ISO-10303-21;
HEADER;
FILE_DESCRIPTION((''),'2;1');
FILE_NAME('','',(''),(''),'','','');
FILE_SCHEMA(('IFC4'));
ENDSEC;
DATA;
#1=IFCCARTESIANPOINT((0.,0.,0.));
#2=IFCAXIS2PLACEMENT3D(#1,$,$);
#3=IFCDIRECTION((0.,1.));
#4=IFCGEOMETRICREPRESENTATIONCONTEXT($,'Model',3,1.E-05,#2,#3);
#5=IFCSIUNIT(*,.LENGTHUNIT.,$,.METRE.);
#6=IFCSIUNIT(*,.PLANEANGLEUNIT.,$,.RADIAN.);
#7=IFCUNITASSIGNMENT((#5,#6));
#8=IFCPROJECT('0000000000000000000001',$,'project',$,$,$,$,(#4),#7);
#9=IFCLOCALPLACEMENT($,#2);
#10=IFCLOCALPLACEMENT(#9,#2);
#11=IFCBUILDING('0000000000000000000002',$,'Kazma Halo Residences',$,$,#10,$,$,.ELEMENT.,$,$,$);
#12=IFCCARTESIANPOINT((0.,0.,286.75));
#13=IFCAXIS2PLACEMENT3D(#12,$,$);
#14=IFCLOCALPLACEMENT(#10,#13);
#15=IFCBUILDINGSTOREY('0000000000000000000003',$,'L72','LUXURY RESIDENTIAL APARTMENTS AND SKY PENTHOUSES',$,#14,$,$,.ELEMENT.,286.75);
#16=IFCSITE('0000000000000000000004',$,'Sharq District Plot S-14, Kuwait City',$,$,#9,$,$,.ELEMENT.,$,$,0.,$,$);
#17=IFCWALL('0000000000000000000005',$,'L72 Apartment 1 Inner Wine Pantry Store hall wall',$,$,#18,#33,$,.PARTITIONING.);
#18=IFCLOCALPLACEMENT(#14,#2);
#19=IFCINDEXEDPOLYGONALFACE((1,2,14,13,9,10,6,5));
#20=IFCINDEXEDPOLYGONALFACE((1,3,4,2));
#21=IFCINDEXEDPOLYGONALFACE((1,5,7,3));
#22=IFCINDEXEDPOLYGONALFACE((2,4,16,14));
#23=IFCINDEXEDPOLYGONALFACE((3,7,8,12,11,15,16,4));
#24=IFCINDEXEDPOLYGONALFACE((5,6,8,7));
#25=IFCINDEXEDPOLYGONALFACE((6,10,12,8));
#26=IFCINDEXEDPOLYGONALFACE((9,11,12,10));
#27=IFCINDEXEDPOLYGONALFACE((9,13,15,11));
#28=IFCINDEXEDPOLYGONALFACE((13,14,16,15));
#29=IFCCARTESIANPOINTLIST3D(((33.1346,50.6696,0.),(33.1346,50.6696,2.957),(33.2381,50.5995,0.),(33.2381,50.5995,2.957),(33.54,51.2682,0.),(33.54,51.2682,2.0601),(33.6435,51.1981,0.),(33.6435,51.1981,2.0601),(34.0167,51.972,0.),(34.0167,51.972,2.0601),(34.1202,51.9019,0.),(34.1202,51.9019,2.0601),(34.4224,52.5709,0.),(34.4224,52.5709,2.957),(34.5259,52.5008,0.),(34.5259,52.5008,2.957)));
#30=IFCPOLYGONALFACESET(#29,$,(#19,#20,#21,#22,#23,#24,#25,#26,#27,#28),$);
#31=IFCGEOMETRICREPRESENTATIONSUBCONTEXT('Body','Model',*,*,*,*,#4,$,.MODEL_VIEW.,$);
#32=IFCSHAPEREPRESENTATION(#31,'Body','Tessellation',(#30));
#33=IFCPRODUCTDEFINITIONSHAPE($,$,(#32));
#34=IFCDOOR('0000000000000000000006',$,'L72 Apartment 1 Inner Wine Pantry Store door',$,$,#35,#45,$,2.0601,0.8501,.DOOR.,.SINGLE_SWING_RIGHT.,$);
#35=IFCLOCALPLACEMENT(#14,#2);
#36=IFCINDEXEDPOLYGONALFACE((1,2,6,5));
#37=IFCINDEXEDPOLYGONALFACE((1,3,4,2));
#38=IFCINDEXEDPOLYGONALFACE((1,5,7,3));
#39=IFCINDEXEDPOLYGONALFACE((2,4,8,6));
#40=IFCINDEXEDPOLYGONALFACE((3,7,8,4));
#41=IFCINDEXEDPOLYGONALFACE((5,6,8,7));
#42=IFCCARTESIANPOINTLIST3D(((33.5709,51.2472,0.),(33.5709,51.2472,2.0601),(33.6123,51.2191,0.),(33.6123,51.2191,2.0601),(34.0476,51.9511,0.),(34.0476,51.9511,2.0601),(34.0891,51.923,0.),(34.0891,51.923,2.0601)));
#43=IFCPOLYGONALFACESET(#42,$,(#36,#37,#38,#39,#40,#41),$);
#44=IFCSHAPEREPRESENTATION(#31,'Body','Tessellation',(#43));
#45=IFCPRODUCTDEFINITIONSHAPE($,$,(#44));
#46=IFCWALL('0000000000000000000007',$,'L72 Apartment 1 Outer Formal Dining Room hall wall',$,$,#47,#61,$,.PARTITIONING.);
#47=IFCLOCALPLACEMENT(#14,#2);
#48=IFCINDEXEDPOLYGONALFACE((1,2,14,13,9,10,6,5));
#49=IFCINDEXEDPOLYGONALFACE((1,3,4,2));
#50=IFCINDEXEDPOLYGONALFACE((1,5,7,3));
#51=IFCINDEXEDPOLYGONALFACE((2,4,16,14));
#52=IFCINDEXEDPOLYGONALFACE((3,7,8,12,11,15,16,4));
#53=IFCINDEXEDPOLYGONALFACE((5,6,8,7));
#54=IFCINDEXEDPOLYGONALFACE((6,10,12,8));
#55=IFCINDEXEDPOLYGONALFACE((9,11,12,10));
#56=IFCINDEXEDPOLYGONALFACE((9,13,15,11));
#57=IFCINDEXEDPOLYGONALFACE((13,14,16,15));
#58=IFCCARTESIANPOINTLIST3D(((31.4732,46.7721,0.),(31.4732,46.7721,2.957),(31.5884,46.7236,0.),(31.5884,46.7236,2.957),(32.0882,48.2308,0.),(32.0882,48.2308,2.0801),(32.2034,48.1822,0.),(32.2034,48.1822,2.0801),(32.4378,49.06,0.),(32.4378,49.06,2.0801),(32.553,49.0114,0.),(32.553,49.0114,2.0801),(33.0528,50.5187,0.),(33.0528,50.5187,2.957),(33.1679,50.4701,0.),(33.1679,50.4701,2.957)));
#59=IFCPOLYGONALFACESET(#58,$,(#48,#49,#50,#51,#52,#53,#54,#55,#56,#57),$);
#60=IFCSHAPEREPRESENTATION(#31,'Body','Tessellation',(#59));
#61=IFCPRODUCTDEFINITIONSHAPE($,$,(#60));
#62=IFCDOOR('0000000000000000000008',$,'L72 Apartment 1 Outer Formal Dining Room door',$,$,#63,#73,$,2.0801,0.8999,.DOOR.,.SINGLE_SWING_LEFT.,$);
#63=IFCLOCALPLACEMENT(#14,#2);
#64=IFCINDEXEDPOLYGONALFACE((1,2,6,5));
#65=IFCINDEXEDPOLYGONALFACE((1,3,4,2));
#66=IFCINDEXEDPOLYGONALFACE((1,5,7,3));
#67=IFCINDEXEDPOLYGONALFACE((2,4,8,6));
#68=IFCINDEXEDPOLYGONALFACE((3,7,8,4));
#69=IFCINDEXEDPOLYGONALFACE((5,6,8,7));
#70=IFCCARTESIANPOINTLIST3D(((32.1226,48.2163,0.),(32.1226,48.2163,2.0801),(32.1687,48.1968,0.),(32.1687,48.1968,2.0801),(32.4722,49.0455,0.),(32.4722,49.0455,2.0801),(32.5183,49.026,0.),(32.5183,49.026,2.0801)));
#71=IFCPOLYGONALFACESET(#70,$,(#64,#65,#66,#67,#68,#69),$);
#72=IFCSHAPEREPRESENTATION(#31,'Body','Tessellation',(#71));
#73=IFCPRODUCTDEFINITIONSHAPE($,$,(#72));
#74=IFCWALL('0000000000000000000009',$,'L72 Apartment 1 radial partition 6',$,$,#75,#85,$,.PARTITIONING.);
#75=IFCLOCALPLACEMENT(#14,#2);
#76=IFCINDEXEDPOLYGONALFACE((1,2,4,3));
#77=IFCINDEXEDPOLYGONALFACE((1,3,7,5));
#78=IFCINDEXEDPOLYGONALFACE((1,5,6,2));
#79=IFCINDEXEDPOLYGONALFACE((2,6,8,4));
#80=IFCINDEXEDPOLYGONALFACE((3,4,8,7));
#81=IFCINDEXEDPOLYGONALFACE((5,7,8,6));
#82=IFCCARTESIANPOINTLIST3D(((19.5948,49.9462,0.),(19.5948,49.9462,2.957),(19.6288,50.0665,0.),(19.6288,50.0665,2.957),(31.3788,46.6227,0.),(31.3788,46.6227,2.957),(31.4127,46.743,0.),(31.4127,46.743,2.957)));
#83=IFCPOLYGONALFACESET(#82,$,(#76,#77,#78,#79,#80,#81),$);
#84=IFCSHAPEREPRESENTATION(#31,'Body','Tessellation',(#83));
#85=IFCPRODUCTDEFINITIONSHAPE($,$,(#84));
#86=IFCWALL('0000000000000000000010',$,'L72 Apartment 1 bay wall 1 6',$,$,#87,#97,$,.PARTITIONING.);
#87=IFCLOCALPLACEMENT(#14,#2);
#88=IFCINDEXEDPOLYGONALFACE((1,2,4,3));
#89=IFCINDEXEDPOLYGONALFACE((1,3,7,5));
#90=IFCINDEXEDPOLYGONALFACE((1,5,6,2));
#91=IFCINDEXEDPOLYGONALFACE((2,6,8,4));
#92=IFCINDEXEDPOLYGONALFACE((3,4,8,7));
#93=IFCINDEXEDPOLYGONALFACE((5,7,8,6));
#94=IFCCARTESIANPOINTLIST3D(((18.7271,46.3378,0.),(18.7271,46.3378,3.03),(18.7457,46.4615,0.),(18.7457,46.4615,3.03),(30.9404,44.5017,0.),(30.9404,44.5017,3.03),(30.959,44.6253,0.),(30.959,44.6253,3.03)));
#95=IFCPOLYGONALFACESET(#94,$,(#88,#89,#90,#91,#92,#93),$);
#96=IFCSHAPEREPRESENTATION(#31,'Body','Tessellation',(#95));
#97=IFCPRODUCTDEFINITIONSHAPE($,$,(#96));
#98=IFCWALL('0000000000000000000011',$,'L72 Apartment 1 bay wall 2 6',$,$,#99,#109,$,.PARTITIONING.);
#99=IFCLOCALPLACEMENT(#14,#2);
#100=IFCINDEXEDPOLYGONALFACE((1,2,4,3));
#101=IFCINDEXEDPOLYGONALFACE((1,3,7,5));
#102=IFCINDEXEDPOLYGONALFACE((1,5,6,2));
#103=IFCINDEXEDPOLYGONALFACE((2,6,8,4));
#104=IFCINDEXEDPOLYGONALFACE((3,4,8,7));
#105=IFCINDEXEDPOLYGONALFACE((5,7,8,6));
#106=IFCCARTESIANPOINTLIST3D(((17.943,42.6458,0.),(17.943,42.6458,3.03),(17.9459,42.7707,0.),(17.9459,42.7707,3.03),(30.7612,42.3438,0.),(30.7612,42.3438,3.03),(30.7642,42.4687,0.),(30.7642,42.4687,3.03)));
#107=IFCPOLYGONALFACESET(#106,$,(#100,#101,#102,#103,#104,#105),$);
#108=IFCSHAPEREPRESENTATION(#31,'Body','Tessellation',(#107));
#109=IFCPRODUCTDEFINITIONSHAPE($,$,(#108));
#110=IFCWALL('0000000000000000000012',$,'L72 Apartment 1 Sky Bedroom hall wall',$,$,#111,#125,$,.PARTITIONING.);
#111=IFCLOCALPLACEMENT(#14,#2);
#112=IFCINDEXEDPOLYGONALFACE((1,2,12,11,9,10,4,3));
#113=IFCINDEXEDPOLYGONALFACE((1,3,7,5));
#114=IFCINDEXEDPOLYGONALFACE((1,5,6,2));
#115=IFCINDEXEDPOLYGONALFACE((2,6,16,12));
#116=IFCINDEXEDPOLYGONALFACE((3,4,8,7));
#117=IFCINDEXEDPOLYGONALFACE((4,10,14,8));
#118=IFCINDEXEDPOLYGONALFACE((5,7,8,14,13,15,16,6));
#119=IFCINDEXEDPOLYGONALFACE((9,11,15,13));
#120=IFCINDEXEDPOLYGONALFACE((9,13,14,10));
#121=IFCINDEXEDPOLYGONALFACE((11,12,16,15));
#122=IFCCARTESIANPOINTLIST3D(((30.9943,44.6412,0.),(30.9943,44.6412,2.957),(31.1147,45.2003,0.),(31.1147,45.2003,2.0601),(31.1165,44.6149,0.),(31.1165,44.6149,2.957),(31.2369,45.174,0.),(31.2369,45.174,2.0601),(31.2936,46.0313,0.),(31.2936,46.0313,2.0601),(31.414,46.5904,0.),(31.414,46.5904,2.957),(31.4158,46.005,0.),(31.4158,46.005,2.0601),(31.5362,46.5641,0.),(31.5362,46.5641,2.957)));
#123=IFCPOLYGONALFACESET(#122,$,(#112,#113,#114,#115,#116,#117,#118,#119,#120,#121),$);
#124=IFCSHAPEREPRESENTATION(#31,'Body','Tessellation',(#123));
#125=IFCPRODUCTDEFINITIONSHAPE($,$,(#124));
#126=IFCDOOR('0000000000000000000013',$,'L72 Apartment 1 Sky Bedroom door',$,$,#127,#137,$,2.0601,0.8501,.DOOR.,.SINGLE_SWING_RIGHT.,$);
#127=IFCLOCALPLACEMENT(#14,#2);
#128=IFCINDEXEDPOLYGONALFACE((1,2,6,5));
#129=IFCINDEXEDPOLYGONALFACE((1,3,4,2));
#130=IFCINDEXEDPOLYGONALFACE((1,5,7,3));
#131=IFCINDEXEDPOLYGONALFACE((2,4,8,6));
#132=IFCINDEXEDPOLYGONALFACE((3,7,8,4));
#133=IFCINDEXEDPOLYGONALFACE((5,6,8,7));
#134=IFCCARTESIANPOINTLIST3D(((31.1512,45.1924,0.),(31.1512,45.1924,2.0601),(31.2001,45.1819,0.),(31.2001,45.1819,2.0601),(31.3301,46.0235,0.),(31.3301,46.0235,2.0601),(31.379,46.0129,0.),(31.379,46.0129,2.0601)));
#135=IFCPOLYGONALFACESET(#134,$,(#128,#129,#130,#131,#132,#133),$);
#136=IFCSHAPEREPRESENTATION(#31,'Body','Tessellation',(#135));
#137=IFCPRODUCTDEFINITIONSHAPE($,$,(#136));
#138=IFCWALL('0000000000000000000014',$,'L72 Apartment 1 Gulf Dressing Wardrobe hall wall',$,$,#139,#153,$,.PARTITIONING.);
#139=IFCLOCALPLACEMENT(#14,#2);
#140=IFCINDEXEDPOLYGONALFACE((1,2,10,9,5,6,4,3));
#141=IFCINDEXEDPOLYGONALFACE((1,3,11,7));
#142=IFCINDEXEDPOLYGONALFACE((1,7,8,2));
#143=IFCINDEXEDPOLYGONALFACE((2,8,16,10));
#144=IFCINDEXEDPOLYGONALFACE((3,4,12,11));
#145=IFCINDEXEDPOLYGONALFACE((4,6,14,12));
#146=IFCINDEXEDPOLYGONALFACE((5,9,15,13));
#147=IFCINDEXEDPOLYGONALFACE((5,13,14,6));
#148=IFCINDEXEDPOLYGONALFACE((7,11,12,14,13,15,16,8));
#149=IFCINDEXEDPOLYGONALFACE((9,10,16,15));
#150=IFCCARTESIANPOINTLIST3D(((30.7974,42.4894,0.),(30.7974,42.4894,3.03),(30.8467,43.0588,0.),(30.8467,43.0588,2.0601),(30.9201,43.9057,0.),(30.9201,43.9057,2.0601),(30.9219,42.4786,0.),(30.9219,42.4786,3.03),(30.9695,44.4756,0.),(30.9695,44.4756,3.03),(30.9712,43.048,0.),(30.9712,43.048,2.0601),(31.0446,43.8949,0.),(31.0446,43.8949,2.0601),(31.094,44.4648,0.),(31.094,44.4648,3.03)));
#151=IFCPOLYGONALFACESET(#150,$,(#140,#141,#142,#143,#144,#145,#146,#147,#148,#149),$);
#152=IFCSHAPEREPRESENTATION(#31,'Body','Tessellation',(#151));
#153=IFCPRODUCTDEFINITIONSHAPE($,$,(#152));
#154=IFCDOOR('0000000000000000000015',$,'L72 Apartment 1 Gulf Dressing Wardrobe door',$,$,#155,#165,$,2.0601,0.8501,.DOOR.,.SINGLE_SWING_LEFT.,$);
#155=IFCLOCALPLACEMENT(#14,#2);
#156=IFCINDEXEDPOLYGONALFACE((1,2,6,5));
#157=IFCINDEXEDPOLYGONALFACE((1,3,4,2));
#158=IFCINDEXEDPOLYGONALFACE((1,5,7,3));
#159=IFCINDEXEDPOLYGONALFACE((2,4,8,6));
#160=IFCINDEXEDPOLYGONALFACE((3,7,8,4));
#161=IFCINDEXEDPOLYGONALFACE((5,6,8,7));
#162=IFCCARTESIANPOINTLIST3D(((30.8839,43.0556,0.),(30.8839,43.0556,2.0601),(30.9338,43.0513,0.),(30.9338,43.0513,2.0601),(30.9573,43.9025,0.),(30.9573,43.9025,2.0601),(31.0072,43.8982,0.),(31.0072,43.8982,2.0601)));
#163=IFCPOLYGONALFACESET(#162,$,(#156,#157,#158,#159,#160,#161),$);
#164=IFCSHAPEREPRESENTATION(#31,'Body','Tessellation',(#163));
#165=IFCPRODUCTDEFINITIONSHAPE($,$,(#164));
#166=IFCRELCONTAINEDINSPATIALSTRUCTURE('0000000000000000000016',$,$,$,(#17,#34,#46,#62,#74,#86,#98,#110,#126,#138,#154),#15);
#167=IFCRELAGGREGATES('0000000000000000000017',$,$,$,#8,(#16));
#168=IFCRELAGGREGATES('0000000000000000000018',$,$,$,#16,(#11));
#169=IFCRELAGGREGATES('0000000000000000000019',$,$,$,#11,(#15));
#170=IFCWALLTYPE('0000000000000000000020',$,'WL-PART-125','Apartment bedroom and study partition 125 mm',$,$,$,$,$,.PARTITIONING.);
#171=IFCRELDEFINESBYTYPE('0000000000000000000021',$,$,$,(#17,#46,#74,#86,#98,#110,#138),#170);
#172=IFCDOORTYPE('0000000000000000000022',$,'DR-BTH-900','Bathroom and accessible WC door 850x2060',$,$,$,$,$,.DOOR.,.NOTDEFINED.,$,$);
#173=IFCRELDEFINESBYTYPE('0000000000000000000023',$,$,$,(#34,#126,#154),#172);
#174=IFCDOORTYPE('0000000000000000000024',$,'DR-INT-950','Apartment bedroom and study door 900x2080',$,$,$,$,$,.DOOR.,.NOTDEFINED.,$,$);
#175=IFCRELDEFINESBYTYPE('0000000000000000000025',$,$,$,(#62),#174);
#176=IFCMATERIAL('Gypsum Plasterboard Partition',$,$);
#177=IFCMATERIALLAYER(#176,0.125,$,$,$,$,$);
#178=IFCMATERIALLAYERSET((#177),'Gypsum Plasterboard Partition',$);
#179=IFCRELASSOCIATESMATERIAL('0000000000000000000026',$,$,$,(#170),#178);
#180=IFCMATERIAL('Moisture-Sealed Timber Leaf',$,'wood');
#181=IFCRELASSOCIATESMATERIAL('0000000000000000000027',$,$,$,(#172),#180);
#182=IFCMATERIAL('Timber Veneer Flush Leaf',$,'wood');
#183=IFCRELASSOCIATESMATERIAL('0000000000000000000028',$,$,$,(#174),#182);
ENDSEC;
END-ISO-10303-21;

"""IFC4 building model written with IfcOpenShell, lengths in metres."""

from ifc_helpers import new_model, si_unit, direction, frame, frame_2d, origin, place, context, subcontext, project, spatial, rectangle, extrude, material, layer, layer_set, type_object, element, fill, save


model = new_model("IFC4")

# Units and contexts
model_context = context("Model", 3, precision=1e-05, world=origin(), true_north=direction((0.0, 1.0)))
body_context = subcontext(model_context, "Body", "Model", "MODEL_VIEW")
ifc_project = project(units=[si_unit("LENGTHUNIT", "METRE"), si_unit("PLANEANGLEUNIT", "RADIAN")], contexts=[model_context])

# Site, building, storey
site_placement = place(None, origin())
site = spatial("IfcSite", under=ifc_project, at=site_placement, Name="Sharq District Plot S-14, Kuwait City", CompositionType="ELEMENT", RefElevation=0.0)
building_placement = place(site_placement, origin())
building = spatial("IfcBuilding", under=site, at=building_placement, Name="Kazma Halo Residences", CompositionType="ELEMENT")
storey_placement = place(building_placement, frame((0.0, 0.0, 286.75)))
storey = spatial("IfcBuildingStorey", under=building, at=storey_placement, Name="L72", Description="LUXURY RESIDENTIAL APARTMENTS AND SKY PENTHOUSES", CompositionType="ELEMENT", Elevation=286.75)

# Shared definitions
ifc_material_1 = material(Name="Gypsum Plasterboard Partition")
ifc_layer_1 = layer(ifc_material_1, 0.125)
ifc_layer_set_1 = layer_set([ifc_layer_1], Name="Gypsum Plasterboard Partition")
wall_type_1 = type_object("IfcWallType", Name="WL-PART-125", Description="Apartment bedroom and study partition 125 mm", PredefinedType="PARTITIONING", material=ifc_layer_set_1)

# Walls, openings, doors
wall_1_placement = place(storey_placement, frame((34.4741, 52.5359, 0.0), z_axis=(0.0, 0.0, 1.0), x_axis=(-0.560794, -0.827955, 0.0)))
wall_1 = element("IfcWall", 1, at=wall_1_placement, inside=storey, type_object=wall_type_1, Name="L72 Apartment 1 Inner Wine Pantry Store hall wall", PredefinedType="PARTITIONING", context=body_context, shape_type="SweptSolid", body=[
    extrude(rectangle(XDim=2.2964, YDim=0.125, at=frame_2d((1.1482, 0.0))), origin(), (0.0, 0.0, 1.0), 2.957),
])
opening_1_placement = place(wall_1_placement, frame((0.7234, 0.0, 0.0)))
opening_1 = element("IfcOpeningElement", 2, at=opening_1_placement, cuts=wall_1, PredefinedType="OPENING", context=body_context, shape_type="SweptSolid", body=[
    extrude(rectangle(XDim=0.8501, YDim=2.0601, at=frame_2d((0.425, 1.03))), frame((0.0, 0.0725, 0.0), z_axis=(0.0, -1.0, 0.0), x_axis=(1.0, 0.0, 0.0)), (0.0, 0.0, 1.0), 0.145),
])
ifc_material_2 = material(Name="Moisture-Sealed Timber Leaf", Category="wood")
door_type_1 = type_object("IfcDoorType", Name="DR-BTH-900", Description="Bathroom and accessible WC door 850x2060", OperationType="NOTDEFINED", PredefinedType="DOOR", material=ifc_material_2)
door_1_placement = place(opening_1_placement, origin())
door_1 = element("IfcDoor", 3, at=door_1_placement, inside=storey, type_object=door_type_1, Name="L72 Apartment 1 Inner Wine Pantry Store door", OperationType="SINGLE_SWING_RIGHT", OverallHeight=2.0601, OverallWidth=0.8501, PredefinedType="DOOR", context=body_context, shape_type="SweptSolid", body=[
    extrude(rectangle(XDim=0.8501, YDim=2.0601, at=frame_2d((0.425, 1.03))), frame((0.0, 0.0249, 0.0), z_axis=(0.0, -1.0, 0.0), x_axis=(1.0, 0.0, 0.0)), (0.0, 0.0, 1.0), 0.05),
])
fill(opening_1, door_1)
wall_2_placement = place(storey_placement, frame((33.1104, 50.4944, 0.0), z_axis=(0.0, 0.0, 1.0), x_axis=(-0.388492, -0.921452, 0.0)))
wall_2 = element("IfcWall", 4, at=wall_2_placement, inside=storey, type_object=wall_type_1, Name="L72 Apartment 1 Outer Formal Dining Room hall wall", PredefinedType="PARTITIONING", context=body_context, shape_type="SweptSolid", body=[
    extrude(rectangle(XDim=4.0659, YDim=0.125, at=frame_2d((2.033, 0.0))), origin(), (0.0, 0.0, 1.0), 2.957),
])
opening_2_placement = place(wall_2_placement, frame((1.583, 0.0, 0.0)))
opening_2 = element("IfcOpeningElement", 5, at=opening_2_placement, cuts=wall_2, PredefinedType="OPENING", context=body_context, shape_type="SweptSolid", body=[
    extrude(rectangle(XDim=0.8999, YDim=2.0801, at=frame_2d((0.45, 1.04))), frame((0.0, 0.0725, 0.0), z_axis=(0.0, -1.0, 0.0), x_axis=(1.0, 0.0, 0.0)), (0.0, 0.0, 1.0), 0.145),
])
ifc_material_3 = material(Name="Timber Veneer Flush Leaf", Category="wood")
door_type_2 = type_object("IfcDoorType", Name="DR-INT-950", Description="Apartment bedroom and study door 900x2080", OperationType="NOTDEFINED", PredefinedType="DOOR", material=ifc_material_3)
door_2_placement = place(opening_2_placement, origin())
door_2 = element("IfcDoor", 6, at=door_2_placement, inside=storey, type_object=door_type_2, Name="L72 Apartment 1 Outer Formal Dining Room door", OperationType="SINGLE_SWING_LEFT", OverallHeight=2.0801, OverallWidth=0.8999, PredefinedType="DOOR", context=body_context, shape_type="SweptSolid", body=[
    extrude(rectangle(XDim=0.8999, YDim=2.0801, at=frame_2d((0.45, 1.04))), frame((0.0, 0.0249, 0.0), z_axis=(0.0, -1.0, 0.0), x_axis=(1.0, 0.0, 0.0)), (0.0, 0.0, 1.0), 0.05),
])
fill(opening_2, door_2)

# Walls
wall_3_placement = place(storey_placement, frame((31.3958, 46.6829, 0.0), z_axis=(0.0, 0.0, 1.0), x_axis=(-0.962454, 0.271446, 0.0)))
element("IfcWall", 7, at=wall_3_placement, inside=storey, type_object=wall_type_1, Name="L72 Apartment 1 radial partition 6", PredefinedType="PARTITIONING", context=body_context, shape_type="SweptSolid", body=[
    extrude(rectangle(XDim=12.2437, YDim=0.125, at=frame_2d((6.1218, 0.0))), origin(), (0.0, 0.0, 1.0), 2.957),
])
wall_4_placement = place(storey_placement, frame((30.9497, 44.5635, 0.0), z_axis=(0.0, 0.0, 1.0), x_axis=(-0.988887, 0.148671, 0.0)))
element("IfcWall", 8, at=wall_4_placement, inside=storey, type_object=wall_type_1, Name="L72 Apartment 1 bay wall 1 6", PredefinedType="PARTITIONING", context=body_context, shape_type="SweptSolid", body=[
    extrude(rectangle(XDim=12.3506, YDim=0.125, at=frame_2d((6.1753, 0.0))), origin(), (0.0, 0.0, 1.0), 3.03),
])
wall_5_placement = place(storey_placement, frame((30.7627, 42.4062, 0.0), z_axis=(0.0, 0.0, 1.0), x_axis=(-0.999723, 0.023554, 0.0)))
element("IfcWall", 9, at=wall_5_placement, inside=storey, type_object=wall_type_1, Name="L72 Apartment 1 bay wall 2 6", PredefinedType="PARTITIONING", context=body_context, shape_type="SweptSolid", body=[
    extrude(rectangle(XDim=12.8218, YDim=0.125, at=frame_2d((6.4109, 0.0))), origin(), (0.0, 0.0, 1.0), 3.03),
])

# Walls, openings, doors
wall_6_placement = place(storey_placement, frame((31.4751, 46.5774, 0.0), z_axis=(0.0, 0.0, 1.0), x_axis=(-0.210482, -0.977598, 0.0)))
wall_6 = element("IfcWall", 10, at=wall_6_placement, inside=storey, type_object=wall_type_1, Name="L72 Apartment 1 Sky Bedroom hall wall", PredefinedType="PARTITIONING", context=body_context, shape_type="SweptSolid", body=[
    extrude(rectangle(XDim=1.9939, YDim=0.125, at=frame_2d((0.9971, 0.0))), origin(), (0.0, 0.0, 1.0), 2.957),
])
opening_3_placement = place(wall_6_placement, frame((0.572, 0.0, 0.0)))
opening_3 = element("IfcOpeningElement", 11, at=opening_3_placement, cuts=wall_6, PredefinedType="OPENING", context=body_context, shape_type="SweptSolid", body=[
    extrude(rectangle(XDim=0.8501, YDim=2.0601, at=frame_2d((0.425, 1.03))), frame((0.0, 0.0725, 0.0), z_axis=(0.0, -1.0, 0.0), x_axis=(1.0, 0.0, 0.0)), (0.0, 0.0, 1.0), 0.145),
])
door_3_placement = place(opening_3_placement, origin())
door_3 = element("IfcDoor", 12, at=door_3_placement, inside=storey, type_object=door_type_1, Name="L72 Apartment 1 Sky Bedroom door", OperationType="SINGLE_SWING_RIGHT", OverallHeight=2.0601, OverallWidth=0.8501, PredefinedType="DOOR", context=body_context, shape_type="SweptSolid", body=[
    extrude(rectangle(XDim=0.8501, YDim=2.0601, at=frame_2d((0.425, 1.03))), frame((0.0, 0.0249, 0.0), z_axis=(0.0, -1.0, 0.0), x_axis=(1.0, 0.0, 0.0)), (0.0, 0.0, 1.0), 0.05),
])
fill(opening_3, door_3)
wall_7_placement = place(storey_placement, frame((31.0317, 44.4702, 0.0), z_axis=(0.0, 0.0, 1.0), x_axis=(-0.086328, -0.996267, 0.0)))
wall_7 = element("IfcWall", 13, at=wall_7_placement, inside=storey, type_object=wall_type_1, Name="L72 Apartment 1 Gulf Dressing Wardrobe hall wall", PredefinedType="PARTITIONING", context=body_context, shape_type="SweptSolid", body=[
    extrude(rectangle(XDim=1.9937, YDim=0.125, at=frame_2d((0.9968, 0.0))), origin(), (0.0, 0.0, 1.0), 3.03),
])
opening_4_placement = place(wall_7_placement, frame((0.572, 0.0, 0.0)))
opening_4 = element("IfcOpeningElement", 14, at=opening_4_placement, cuts=wall_7, PredefinedType="OPENING", context=body_context, shape_type="SweptSolid", body=[
    extrude(rectangle(XDim=0.8501, YDim=2.0601, at=frame_2d((0.425, 1.03))), frame((0.0, 0.0725, 0.0), z_axis=(0.0, -1.0, 0.0), x_axis=(1.0, 0.0, 0.0)), (0.0, 0.0, 1.0), 0.145),
])
door_4_placement = place(opening_4_placement, origin())
door_4 = element("IfcDoor", 15, at=door_4_placement, inside=storey, type_object=door_type_1, Name="L72 Apartment 1 Gulf Dressing Wardrobe door", OperationType="SINGLE_SWING_LEFT", OverallHeight=2.0601, OverallWidth=0.8501, PredefinedType="DOOR", context=body_context, shape_type="SweptSolid", body=[
    extrude(rectangle(XDim=0.8501, YDim=2.0601, at=frame_2d((0.425, 1.03))), frame((0.0, 0.0249, 0.0), z_axis=(0.0, -1.0, 0.0), x_axis=(1.0, 0.0, 0.0)), (0.0, 0.0, 1.0), 0.05),
])
fill(opening_4, door_4)

save(model, "model.ifc")
